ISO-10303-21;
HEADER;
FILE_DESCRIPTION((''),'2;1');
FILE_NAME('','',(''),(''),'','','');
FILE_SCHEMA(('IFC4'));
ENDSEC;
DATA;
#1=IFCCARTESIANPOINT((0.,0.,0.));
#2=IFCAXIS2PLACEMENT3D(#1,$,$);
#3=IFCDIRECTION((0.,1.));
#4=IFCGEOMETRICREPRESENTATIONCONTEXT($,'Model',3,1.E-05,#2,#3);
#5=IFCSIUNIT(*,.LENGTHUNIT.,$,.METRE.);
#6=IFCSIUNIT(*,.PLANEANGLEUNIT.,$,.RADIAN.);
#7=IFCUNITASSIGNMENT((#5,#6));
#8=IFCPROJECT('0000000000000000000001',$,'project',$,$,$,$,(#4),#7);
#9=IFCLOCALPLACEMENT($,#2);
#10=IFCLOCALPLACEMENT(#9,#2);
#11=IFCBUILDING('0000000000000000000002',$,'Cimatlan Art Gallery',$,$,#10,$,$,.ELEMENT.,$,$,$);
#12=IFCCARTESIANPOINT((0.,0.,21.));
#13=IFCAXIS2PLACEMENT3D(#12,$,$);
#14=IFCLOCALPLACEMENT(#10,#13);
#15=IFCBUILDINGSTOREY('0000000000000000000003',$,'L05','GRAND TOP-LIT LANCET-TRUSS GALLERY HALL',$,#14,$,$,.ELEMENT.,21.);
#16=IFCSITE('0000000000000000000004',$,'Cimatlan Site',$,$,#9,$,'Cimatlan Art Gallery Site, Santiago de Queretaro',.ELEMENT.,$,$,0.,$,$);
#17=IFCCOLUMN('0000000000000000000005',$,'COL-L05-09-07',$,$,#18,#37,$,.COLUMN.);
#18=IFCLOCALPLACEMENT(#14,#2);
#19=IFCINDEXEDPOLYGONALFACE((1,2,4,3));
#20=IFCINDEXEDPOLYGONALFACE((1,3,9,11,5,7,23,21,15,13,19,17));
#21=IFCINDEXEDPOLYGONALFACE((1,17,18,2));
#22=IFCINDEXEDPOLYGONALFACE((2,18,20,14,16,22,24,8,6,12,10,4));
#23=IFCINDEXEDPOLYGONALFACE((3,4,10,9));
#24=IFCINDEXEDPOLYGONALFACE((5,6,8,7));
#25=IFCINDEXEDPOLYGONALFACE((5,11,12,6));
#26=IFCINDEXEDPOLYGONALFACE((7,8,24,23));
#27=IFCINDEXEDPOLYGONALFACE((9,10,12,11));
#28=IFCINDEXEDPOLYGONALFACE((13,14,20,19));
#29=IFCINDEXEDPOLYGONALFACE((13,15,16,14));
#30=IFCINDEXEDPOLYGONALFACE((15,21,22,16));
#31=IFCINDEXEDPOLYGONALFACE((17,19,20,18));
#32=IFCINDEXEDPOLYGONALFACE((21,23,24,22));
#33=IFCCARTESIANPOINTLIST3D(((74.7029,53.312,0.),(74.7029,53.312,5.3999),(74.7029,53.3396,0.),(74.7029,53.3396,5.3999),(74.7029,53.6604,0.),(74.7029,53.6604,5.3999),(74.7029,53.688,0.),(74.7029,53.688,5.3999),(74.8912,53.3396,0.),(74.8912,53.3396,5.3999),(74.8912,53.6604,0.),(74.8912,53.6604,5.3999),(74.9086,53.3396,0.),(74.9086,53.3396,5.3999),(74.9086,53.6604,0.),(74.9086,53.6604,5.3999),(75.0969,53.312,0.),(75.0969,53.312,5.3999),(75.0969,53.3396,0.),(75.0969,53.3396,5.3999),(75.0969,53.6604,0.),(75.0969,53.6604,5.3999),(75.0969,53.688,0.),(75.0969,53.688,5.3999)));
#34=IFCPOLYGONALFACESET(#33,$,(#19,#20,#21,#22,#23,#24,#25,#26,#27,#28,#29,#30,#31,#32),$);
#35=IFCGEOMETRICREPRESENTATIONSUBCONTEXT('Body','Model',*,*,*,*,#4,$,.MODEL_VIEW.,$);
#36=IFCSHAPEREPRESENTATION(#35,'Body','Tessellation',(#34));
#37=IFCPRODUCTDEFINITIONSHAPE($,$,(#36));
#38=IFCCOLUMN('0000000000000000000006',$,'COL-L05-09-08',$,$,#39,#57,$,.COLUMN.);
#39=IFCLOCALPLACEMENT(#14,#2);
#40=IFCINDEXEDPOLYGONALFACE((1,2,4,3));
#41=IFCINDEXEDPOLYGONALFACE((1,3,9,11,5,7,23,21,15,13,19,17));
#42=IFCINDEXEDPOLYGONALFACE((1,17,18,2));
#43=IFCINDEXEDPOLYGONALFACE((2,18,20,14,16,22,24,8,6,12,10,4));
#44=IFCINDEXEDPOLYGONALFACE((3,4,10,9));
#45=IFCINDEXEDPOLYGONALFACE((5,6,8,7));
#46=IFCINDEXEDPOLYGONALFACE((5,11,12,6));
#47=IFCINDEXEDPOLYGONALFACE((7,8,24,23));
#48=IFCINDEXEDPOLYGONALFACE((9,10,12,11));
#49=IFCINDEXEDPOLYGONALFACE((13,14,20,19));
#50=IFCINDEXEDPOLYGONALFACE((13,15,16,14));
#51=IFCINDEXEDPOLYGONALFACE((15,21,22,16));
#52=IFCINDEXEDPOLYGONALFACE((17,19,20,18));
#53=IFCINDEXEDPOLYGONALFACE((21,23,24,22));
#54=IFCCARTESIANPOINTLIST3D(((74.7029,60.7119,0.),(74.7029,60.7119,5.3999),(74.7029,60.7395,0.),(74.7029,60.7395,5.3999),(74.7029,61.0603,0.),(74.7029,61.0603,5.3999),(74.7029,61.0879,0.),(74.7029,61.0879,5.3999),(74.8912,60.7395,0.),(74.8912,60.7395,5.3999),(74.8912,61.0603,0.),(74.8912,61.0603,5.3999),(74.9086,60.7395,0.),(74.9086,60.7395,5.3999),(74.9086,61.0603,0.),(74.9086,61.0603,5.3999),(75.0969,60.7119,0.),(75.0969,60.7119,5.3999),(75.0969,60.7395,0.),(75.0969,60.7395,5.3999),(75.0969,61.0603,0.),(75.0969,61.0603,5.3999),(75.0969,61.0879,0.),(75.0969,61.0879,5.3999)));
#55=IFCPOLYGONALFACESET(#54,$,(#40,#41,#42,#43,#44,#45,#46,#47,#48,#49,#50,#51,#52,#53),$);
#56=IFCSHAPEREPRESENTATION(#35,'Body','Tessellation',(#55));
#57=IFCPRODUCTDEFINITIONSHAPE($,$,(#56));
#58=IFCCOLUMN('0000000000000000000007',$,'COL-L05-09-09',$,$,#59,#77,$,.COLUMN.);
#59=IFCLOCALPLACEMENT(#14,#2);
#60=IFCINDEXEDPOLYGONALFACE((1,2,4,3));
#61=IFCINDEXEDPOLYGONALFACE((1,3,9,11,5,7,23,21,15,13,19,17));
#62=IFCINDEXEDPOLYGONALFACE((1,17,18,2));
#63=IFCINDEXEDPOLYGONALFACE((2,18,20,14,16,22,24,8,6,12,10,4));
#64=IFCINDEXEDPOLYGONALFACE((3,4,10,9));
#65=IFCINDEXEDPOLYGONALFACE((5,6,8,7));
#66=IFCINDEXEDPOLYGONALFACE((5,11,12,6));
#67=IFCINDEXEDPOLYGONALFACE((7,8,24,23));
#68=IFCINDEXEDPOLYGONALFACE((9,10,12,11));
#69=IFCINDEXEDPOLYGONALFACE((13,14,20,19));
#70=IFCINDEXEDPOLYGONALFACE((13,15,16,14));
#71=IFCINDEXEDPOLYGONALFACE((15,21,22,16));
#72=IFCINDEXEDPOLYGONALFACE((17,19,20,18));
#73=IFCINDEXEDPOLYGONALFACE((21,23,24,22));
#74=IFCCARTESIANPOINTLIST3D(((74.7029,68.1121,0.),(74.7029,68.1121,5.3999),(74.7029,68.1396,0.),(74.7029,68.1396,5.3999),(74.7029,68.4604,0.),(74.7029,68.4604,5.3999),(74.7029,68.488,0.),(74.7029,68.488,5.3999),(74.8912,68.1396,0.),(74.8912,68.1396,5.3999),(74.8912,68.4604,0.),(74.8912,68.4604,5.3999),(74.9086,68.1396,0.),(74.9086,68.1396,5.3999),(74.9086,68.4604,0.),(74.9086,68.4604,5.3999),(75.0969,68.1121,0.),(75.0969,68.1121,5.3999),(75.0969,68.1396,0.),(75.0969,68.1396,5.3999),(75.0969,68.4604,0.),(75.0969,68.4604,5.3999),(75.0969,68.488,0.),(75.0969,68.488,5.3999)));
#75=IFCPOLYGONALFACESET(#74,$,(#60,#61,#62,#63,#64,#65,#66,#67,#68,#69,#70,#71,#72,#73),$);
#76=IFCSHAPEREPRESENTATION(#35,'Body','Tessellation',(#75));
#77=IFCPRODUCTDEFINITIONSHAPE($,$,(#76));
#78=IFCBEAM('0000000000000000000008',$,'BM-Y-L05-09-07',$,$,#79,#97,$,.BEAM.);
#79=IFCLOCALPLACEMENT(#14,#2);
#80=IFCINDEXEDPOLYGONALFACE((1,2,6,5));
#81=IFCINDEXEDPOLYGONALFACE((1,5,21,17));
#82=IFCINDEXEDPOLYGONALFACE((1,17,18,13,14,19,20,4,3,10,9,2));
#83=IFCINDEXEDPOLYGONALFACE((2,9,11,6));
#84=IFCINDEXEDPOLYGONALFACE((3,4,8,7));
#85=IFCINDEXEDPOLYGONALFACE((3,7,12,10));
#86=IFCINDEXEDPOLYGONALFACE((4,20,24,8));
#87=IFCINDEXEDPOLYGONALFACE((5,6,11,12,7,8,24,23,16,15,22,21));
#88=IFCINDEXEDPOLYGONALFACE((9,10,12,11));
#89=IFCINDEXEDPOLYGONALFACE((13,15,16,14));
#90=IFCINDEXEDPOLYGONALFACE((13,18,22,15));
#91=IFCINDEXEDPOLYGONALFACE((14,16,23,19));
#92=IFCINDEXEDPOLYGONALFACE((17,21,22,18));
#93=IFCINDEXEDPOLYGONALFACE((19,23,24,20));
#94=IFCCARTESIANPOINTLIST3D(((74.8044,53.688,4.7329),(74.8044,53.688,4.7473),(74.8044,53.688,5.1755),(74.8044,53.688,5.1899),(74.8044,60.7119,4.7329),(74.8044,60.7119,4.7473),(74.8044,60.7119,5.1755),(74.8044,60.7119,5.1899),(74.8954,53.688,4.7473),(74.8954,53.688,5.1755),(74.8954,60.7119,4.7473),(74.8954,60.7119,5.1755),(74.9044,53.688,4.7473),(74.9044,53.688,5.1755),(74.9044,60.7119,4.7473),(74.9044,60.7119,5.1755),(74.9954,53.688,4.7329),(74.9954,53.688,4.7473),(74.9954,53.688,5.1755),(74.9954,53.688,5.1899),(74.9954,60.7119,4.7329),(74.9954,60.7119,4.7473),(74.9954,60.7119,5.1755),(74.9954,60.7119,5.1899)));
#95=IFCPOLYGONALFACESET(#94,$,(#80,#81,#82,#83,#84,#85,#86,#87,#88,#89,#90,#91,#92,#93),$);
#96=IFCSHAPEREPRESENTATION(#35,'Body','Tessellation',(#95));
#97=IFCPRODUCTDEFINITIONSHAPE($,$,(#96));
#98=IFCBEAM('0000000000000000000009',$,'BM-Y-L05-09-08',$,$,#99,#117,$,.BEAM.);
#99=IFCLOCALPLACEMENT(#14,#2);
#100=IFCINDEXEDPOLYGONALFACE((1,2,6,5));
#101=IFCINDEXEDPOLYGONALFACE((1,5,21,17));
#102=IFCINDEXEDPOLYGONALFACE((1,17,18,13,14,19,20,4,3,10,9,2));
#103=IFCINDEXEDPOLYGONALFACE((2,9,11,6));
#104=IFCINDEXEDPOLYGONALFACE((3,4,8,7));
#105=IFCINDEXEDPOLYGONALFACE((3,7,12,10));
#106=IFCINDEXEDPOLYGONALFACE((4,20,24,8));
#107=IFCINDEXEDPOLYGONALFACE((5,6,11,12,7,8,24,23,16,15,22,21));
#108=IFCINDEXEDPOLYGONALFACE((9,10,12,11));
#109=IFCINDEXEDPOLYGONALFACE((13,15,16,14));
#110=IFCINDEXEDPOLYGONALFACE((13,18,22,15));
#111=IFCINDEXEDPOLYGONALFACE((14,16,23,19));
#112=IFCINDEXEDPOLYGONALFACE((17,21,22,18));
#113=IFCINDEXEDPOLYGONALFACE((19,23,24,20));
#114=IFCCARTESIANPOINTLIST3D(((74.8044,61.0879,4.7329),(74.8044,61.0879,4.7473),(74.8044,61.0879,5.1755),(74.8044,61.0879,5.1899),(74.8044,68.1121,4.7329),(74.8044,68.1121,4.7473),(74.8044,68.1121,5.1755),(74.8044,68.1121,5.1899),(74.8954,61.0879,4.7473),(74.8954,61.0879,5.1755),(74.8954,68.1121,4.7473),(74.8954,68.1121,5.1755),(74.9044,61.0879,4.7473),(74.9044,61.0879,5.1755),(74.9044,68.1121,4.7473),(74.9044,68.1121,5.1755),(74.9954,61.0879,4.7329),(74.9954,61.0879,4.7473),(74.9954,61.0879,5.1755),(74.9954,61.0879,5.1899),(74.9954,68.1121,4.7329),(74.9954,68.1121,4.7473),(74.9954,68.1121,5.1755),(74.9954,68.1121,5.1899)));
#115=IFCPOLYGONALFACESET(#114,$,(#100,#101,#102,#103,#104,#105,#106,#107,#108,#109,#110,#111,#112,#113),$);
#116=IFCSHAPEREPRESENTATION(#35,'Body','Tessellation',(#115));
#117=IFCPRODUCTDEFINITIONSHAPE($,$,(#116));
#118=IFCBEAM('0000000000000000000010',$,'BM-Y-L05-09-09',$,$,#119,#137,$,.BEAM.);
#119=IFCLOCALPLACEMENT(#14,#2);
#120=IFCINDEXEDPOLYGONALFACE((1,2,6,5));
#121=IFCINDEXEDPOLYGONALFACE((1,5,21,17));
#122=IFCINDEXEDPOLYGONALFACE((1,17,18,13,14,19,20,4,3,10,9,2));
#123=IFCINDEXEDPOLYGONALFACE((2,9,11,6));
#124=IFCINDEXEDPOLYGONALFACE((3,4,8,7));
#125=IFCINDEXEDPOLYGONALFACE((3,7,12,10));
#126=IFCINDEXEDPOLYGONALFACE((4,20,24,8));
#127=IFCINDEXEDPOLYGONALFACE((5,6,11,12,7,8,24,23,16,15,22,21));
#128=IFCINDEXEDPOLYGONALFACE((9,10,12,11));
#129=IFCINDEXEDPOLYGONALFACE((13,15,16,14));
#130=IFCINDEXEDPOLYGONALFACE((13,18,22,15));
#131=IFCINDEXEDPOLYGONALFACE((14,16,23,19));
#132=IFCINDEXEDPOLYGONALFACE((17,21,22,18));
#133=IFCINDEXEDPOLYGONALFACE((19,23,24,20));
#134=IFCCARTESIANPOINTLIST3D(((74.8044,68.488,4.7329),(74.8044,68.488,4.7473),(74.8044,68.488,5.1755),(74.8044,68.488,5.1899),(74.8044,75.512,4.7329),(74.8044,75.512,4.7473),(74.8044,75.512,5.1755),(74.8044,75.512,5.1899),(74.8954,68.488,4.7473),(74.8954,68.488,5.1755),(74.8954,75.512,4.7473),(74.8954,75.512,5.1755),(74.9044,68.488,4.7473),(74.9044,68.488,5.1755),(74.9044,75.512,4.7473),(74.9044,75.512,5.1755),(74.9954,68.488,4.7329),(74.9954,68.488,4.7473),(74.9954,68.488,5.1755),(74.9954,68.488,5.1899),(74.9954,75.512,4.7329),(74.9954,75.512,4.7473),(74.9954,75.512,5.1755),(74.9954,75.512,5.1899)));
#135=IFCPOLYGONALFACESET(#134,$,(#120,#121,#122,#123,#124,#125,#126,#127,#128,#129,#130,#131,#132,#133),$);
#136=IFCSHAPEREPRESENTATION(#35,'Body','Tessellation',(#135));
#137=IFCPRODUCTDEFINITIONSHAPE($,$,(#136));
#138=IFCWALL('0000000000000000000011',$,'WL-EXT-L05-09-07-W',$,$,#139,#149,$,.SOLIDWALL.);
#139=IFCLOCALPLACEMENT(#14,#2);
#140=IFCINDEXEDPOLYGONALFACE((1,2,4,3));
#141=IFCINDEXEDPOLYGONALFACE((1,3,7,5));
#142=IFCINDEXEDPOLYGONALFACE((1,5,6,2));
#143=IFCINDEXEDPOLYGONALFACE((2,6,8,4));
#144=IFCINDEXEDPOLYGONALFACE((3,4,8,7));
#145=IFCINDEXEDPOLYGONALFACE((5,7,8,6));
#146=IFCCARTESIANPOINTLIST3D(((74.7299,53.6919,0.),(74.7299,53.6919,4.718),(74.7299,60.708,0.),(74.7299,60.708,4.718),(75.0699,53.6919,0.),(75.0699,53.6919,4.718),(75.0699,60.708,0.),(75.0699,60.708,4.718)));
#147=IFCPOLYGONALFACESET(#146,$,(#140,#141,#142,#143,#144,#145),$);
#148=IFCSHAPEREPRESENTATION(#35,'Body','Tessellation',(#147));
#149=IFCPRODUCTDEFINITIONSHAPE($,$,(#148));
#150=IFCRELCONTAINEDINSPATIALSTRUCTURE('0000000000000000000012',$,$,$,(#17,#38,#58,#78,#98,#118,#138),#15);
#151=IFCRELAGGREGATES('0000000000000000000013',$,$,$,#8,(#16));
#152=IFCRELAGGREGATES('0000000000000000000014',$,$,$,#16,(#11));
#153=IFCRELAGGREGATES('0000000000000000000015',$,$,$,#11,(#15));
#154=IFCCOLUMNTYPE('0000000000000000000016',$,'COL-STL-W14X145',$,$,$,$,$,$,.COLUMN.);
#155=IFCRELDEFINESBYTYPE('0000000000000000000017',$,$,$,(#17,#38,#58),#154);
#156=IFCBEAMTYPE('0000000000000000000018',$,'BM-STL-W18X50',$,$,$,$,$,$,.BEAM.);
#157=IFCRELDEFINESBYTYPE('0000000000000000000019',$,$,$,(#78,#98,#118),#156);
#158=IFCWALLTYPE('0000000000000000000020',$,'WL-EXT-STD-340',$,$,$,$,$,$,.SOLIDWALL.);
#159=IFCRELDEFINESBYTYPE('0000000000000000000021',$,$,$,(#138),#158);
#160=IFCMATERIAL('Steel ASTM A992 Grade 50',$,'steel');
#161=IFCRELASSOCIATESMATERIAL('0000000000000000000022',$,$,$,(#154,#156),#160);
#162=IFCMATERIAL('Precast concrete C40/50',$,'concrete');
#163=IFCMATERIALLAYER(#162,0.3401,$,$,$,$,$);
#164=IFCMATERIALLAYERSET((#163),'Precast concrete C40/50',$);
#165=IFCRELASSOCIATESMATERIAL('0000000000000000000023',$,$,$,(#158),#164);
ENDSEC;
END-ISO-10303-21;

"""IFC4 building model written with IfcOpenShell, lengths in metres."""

from ifc_helpers import new_model, si_unit, direction, frame, frame_2d, origin, origin_2d, place, context, subcontext, project, spatial, rectangle, i_section, extrude, material, layer, layer_set, material_profile, profile_set, type_object, element, save


model = new_model("IFC4")

# Units and contexts
model_context = context("Model", 3, precision=1e-05, world=origin(), true_north=direction((0.0, 1.0)))
body_context = subcontext(model_context, "Body", "Model", "MODEL_VIEW")
ifc_project = project(units=[si_unit("LENGTHUNIT", "METRE"), si_unit("PLANEANGLEUNIT", "RADIAN")], contexts=[model_context])

# Site, building, storey
site_placement = place(None, origin())
site = spatial("IfcSite", under=ifc_project, at=site_placement, Name="Cimatlan Site", LongName="Cimatlan Art Gallery Site, Santiago de Queretaro", CompositionType="ELEMENT", RefElevation=0.0)
building_placement = place(site_placement, origin())
building = spatial("IfcBuilding", under=site, at=building_placement, Name="Cimatlan Art Gallery", CompositionType="ELEMENT")
storey_placement = place(building_placement, frame((0.0, 0.0, 21.0)))
storey = spatial("IfcBuildingStorey", under=building, at=storey_placement, Name="L05", Description="GRAND TOP-LIT LANCET-TRUSS GALLERY HALL", CompositionType="ELEMENT", Elevation=21.0)

# Columns
ifc_material_1 = material(Name="Steel ASTM A992 Grade 50", Category="steel")
ifc_material_profile_1 = material_profile(ifc_material_1, i_section(OverallWidth=0.394, OverallDepth=0.376, WebThickness=0.0173, FlangeThickness=0.0276, at=origin_2d()), Name="W14X145")
ifc_profile_set_1 = profile_set([ifc_material_profile_1], Name="Steel ASTM A992 Grade 50")
column_type = type_object("IfcColumnType", Name="COL-STL-W14X145", PredefinedType="COLUMN", material=ifc_profile_set_1)
for number, where, z_axis, x_axis, name in (
    (1, (74.8999, 53.5, 0.0), (0.0, 0.0, 1.0), (1.0, 0.0, 0.0), "COL-L05-09-07"),
    (2, (74.8999, 60.8999, 0.0), (0.0, 0.0, 1.0), (1.0, 0.0, 0.0), "COL-L05-09-08"),
    (3, (74.8999, 68.3, 0.0), (0.0, 0.0, 1.0), (1.0, 0.0, 0.0), "COL-L05-09-09"),
):
    element("IfcColumn", number, at=place(storey_placement, frame(where, z_axis=z_axis, x_axis=x_axis)), inside=storey, type_object=column_type, Name=name, PredefinedType="COLUMN", context=body_context, shape_type="SweptSolid", body=[
        extrude(i_section(OverallWidth=0.394, OverallDepth=0.376, WebThickness=0.0173, FlangeThickness=0.0276, at=origin_2d()), origin(), (0.0, 0.0, 1.0), 5.3999),
    ])

# Beams
ifc_material_profile_2 = material_profile(ifc_material_1, i_section(OverallWidth=0.1909, OverallDepth=0.457, WebThickness=0.009, FlangeThickness=0.0144, at=origin_2d()), Name="W18X50")
ifc_profile_set_2 = profile_set([ifc_material_profile_2], Name="Steel ASTM A992 Grade 50")
beam_type = type_object("IfcBeamType", Name="BM-STL-W18X50", PredefinedType="BEAM", material=ifc_profile_set_2)
beam_1_placement = place(storey_placement, frame((74.8999, 53.688, 4.9614), z_axis=(0.0, 1.0, 0.0), x_axis=(-1.0, 0.0, 0.0)))
element("IfcBeam", 4, at=beam_1_placement, inside=storey, type_object=beam_type, Name="BM-Y-L05-09-07", PredefinedType="BEAM", context=body_context, shape_type="SweptSolid", body=[
    extrude(i_section(OverallWidth=0.1909, OverallDepth=0.457, WebThickness=0.009, FlangeThickness=0.0144, at=origin_2d()), origin(), (0.0, 0.0, 1.0), 7.0239),
])
beam_2_placement = place(storey_placement, frame((74.8999, 61.0879, 4.9614), z_axis=(0.0, 1.0, 0.0), x_axis=(-1.0, 0.0, 0.0)))
element("IfcBeam", 5, at=beam_2_placement, inside=storey, type_object=beam_type, Name="BM-Y-L05-09-08", PredefinedType="BEAM", context=body_context, shape_type="SweptSolid", body=[
    extrude(i_section(OverallWidth=0.1909, OverallDepth=0.457, WebThickness=0.009, FlangeThickness=0.0144, at=origin_2d()), origin(), (0.0, 0.0, 1.0), 7.0242),
])
beam_3_placement = place(storey_placement, frame((74.8999, 68.488, 4.9614), z_axis=(0.0, 1.0, 0.0), x_axis=(-1.0, 0.0, 0.0)))
element("IfcBeam", 6, at=beam_3_placement, inside=storey, type_object=beam_type, Name="BM-Y-L05-09-09", PredefinedType="BEAM", context=body_context, shape_type="SweptSolid", body=[
    extrude(i_section(OverallWidth=0.1909, OverallDepth=0.457, WebThickness=0.009, FlangeThickness=0.0144, at=origin_2d()), origin(), (0.0, 0.0, 1.0), 7.0239),
])

# Wall
ifc_material_2 = material(Name="Precast concrete C40/50", Category="concrete")
ifc_layer_1 = layer(ifc_material_2, 0.3401)
ifc_layer_set_1 = layer_set([ifc_layer_1], Name="Precast concrete C40/50")
wall_type_1 = type_object("IfcWallType", Name="WL-EXT-STD-340", PredefinedType="SOLIDWALL", material=ifc_layer_set_1)
wall_1_placement = place(storey_placement, frame((74.8999, 53.6919, 0.0), z_axis=(0.0, 0.0, 1.0), x_axis=(0.0, 1.0, 0.0)))
element("IfcWall", 7, at=wall_1_placement, inside=storey, type_object=wall_type_1, Name="WL-EXT-L05-09-07-W", PredefinedType="SOLIDWALL", context=body_context, shape_type="SweptSolid", body=[
    extrude(rectangle(XDim=7.0161, YDim=0.3401, at=frame_2d((3.5081, 0.0))), origin(), (0.0, 0.0, 1.0), 4.718),
])

save(model, "model.ifc")
